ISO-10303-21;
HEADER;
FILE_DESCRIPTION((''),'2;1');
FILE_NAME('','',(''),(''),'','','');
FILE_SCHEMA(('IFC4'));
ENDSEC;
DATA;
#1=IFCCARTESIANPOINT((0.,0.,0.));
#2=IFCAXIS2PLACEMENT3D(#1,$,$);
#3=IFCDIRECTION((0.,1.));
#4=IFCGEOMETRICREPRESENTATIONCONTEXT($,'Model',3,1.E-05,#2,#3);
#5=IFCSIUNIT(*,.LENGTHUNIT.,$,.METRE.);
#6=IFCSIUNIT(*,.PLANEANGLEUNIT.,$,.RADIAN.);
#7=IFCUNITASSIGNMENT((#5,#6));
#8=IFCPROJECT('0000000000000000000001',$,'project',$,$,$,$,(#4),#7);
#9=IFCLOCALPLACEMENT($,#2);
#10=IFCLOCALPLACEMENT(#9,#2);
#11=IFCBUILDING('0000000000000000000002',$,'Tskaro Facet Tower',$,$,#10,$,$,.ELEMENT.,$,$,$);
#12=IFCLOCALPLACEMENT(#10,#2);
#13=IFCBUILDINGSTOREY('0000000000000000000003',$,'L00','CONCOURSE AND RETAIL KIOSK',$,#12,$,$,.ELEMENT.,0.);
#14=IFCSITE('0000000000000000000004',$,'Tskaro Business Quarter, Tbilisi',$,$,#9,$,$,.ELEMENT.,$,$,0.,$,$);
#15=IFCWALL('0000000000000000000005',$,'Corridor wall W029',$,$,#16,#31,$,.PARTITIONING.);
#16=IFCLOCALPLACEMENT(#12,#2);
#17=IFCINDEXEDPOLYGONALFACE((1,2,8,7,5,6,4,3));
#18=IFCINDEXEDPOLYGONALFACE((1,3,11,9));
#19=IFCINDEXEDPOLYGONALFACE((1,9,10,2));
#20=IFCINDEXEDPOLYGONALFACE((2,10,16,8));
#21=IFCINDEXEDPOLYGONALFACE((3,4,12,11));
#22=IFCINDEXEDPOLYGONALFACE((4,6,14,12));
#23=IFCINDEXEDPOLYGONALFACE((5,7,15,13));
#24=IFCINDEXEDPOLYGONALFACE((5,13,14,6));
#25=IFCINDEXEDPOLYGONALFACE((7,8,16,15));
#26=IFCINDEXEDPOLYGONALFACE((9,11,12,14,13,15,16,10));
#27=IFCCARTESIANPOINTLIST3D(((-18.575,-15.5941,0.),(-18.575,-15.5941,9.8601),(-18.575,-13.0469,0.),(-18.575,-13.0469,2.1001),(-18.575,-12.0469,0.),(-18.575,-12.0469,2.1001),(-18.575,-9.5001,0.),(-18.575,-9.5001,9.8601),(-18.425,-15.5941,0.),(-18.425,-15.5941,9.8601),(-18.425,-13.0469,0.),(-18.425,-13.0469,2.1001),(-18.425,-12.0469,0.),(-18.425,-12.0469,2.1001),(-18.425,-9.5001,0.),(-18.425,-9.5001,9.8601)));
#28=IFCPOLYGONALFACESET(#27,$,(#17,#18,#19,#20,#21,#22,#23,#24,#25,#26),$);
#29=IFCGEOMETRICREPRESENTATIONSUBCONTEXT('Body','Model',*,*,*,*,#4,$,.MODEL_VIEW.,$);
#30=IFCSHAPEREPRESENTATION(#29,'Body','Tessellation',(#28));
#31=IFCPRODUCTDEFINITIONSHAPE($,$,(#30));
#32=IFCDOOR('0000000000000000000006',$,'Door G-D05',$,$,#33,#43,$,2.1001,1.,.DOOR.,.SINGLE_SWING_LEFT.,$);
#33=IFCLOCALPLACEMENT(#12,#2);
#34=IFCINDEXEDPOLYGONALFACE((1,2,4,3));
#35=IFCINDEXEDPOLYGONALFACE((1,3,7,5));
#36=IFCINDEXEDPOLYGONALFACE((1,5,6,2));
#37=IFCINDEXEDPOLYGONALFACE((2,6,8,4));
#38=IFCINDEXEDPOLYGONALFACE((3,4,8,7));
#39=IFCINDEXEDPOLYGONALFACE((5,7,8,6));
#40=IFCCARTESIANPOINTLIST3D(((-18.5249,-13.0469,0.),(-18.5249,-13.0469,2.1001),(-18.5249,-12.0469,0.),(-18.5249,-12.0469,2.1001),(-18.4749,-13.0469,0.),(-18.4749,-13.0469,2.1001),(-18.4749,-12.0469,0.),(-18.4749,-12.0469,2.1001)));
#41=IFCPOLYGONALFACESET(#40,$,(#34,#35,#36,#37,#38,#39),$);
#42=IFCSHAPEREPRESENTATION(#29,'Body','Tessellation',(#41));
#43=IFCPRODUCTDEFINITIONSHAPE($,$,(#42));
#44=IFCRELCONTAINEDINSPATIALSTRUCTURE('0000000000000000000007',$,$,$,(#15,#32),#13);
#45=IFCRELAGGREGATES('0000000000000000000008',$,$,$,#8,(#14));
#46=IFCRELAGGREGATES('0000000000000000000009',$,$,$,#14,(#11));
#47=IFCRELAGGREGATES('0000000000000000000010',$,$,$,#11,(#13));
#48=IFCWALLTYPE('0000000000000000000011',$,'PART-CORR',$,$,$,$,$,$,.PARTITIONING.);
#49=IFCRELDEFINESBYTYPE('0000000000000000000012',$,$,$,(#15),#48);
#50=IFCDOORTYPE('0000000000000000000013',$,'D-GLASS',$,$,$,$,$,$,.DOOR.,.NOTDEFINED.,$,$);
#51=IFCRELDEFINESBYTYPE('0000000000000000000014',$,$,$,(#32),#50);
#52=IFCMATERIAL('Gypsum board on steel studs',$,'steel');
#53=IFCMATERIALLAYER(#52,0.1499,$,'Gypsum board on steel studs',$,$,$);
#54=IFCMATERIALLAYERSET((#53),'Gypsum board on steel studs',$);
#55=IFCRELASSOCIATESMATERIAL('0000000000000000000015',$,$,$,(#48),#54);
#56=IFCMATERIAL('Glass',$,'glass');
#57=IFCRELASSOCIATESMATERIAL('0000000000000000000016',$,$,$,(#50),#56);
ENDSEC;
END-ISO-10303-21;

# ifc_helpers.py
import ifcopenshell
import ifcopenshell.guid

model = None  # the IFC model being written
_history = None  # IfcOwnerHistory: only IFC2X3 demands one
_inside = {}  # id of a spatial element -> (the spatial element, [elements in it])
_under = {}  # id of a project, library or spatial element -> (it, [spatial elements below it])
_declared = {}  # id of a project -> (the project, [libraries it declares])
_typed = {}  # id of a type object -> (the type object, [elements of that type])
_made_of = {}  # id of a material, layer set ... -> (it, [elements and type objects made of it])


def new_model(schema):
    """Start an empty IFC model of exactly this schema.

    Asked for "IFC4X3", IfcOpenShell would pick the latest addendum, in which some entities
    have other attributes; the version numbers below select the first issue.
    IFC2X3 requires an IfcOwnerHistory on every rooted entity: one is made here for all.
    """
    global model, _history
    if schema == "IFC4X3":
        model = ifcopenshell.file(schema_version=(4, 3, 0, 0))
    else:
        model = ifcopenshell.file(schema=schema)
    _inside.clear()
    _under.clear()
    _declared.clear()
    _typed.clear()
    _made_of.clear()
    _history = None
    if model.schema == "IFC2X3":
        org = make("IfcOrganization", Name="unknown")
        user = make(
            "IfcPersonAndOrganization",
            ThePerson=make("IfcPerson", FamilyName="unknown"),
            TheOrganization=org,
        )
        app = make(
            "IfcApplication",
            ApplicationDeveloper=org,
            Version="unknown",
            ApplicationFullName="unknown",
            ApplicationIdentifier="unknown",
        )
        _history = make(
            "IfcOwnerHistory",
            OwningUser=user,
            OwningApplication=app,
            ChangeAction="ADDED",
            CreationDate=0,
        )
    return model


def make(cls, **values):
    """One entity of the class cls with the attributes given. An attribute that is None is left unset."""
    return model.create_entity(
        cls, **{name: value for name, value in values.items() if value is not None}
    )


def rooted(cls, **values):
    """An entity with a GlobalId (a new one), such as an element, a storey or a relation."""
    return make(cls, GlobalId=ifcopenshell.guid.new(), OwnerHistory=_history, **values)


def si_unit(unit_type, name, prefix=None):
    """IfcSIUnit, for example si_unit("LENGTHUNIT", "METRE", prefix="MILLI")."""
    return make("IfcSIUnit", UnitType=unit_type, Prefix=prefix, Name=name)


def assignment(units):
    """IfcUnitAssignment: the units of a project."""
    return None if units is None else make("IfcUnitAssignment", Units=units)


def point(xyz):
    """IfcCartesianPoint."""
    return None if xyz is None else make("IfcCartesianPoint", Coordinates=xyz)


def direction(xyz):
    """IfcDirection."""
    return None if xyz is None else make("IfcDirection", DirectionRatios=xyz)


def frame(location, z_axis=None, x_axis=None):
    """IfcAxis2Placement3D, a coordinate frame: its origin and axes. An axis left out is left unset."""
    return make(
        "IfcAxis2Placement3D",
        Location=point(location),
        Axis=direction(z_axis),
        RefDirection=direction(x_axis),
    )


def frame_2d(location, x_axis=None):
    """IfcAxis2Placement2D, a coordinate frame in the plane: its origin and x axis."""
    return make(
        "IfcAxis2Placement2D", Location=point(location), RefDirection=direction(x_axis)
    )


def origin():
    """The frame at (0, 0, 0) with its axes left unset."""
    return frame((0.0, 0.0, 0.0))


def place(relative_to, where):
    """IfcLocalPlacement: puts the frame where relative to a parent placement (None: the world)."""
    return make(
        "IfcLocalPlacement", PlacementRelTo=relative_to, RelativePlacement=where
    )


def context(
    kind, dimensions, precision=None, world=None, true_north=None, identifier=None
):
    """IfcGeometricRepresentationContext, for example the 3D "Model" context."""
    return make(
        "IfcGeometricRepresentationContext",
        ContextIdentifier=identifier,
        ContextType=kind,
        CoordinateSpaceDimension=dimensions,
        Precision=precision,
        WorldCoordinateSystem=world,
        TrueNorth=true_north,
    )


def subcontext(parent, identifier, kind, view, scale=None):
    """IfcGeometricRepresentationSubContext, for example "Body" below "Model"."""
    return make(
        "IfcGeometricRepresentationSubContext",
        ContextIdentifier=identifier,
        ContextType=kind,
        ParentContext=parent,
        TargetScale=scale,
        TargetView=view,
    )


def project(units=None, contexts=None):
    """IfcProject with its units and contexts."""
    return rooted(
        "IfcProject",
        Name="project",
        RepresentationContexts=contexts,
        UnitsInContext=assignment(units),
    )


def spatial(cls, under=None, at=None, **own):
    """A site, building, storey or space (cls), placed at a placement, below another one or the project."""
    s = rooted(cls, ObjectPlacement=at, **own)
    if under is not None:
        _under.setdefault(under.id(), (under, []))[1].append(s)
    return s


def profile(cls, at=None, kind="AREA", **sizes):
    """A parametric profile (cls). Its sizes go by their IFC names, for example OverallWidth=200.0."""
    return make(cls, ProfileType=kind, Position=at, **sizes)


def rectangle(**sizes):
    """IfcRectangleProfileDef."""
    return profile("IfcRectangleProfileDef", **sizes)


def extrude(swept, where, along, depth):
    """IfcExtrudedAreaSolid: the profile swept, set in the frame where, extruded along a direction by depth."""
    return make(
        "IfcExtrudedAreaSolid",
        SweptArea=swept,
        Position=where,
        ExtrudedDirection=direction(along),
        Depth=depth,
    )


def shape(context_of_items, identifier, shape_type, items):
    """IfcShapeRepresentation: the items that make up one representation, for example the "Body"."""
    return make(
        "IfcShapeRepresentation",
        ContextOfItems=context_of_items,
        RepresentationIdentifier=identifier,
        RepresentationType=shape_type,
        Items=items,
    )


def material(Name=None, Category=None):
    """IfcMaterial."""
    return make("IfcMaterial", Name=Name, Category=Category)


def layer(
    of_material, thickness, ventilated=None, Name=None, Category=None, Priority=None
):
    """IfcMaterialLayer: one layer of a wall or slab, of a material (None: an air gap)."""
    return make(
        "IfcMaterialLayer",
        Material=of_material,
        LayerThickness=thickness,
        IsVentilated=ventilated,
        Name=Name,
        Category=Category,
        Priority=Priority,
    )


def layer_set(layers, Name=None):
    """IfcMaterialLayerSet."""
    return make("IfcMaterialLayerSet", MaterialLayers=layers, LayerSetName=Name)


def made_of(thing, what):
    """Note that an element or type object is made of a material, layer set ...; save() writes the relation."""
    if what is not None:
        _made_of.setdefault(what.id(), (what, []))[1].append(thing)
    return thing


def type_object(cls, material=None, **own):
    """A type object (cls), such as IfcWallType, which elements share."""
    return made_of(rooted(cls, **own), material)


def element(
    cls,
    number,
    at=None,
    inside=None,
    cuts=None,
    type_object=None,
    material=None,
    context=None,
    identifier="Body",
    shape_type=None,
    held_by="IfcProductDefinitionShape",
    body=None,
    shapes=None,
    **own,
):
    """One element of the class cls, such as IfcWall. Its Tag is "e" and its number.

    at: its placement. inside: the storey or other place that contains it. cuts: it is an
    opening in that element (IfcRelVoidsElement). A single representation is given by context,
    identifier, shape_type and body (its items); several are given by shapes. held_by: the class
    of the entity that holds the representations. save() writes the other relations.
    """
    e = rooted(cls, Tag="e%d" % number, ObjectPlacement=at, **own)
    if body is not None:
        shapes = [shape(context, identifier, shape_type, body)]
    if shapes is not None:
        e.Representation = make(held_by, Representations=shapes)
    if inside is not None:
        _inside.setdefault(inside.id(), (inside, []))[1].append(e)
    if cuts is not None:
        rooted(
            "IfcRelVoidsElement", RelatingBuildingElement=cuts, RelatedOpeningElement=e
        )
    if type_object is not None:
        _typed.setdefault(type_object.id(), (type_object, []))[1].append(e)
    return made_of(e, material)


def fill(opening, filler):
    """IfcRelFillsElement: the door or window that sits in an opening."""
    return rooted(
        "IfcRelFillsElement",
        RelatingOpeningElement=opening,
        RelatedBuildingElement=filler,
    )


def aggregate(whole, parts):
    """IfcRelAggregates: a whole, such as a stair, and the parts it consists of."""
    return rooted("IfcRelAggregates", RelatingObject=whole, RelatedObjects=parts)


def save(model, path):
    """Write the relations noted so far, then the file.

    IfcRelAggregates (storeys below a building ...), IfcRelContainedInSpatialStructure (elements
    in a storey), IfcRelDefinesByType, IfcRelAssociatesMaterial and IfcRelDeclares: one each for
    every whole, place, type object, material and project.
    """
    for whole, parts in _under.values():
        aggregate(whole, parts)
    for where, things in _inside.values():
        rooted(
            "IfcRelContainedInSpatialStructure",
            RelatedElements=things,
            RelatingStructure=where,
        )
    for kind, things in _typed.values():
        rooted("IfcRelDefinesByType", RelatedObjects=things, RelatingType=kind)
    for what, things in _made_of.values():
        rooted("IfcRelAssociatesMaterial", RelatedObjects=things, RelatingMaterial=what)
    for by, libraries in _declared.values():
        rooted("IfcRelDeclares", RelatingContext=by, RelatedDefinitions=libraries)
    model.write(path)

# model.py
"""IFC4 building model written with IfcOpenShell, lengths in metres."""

from ifc_helpers import new_model, si_unit, direction, frame, frame_2d, origin, place, context, subcontext, project, spatial, rectangle, extrude, material, layer, layer_set, type_object, element, fill, save


model = new_model("IFC4")

# Units and contexts
model_context = context("Model", 3, precision=1e-05, world=origin(), true_north=direction((0.0, 1.0)))
body_context = subcontext(model_context, "Body", "Model", "MODEL_VIEW")
ifc_project = project(units=[si_unit("LENGTHUNIT", "METRE"), si_unit("PLANEANGLEUNIT", "RADIAN")], contexts=[model_context])

# Site, building, storey
site_placement = place(None, origin())
site = spatial("IfcSite", under=ifc_project, at=site_placement, Name="Tskaro Business Quarter, Tbilisi", CompositionType="ELEMENT", RefElevation=0.0)
building_placement = place(site_placement, origin())
building = spatial("IfcBuilding", under=site, at=building_placement, Name="Tskaro Facet Tower", CompositionType="ELEMENT")
storey_placement = place(building_placement, origin())
storey = spatial("IfcBuildingStorey", under=building, at=storey_placement, Name="L00", Description="CONCOURSE AND RETAIL KIOSK", CompositionType="ELEMENT", Elevation=0.0)

# Shared definitions
ifc_material_1 = material(Name="Gypsum board on steel studs", Category="steel")

# Wall, opening, door
ifc_layer_1 = layer(ifc_material_1, 0.1499, Name="Gypsum board on steel studs")
ifc_layer_set_1 = layer_set([ifc_layer_1], Name="Gypsum board on steel studs")
wall_type_1 = type_object("IfcWallType", Name="PART-CORR", PredefinedType="PARTITIONING", material=ifc_layer_set_1)
ifc_material_2 = material(Name="Glass", Category="glass")
door_type = type_object("IfcDoorType", Name="D-GLASS", OperationType="NOTDEFINED", PredefinedType="DOOR", material=ifc_material_2)
wall_1_placement = place(storey_placement, frame((-18.5, -15.594, 0.0), z_axis=(0.0, 0.0, 1.0), x_axis=(0.0, 1.0, 0.0)))
wall_1 = element("IfcWall", 1, at=wall_1_placement, inside=storey, type_object=wall_type_1, Name="Corridor wall W029", PredefinedType="PARTITIONING", context=body_context, shape_type="SweptSolid", body=[
    extrude(rectangle(XDim=6.094, YDim=0.1499, at=frame_2d((3.0469, 0.0))), origin(), (0.0, 0.0, 1.0), 9.8601),
])
opening_1_placement = place(wall_1_placement, frame((2.5471, 0.0, 0.0)))
opening_1 = element("IfcOpeningElement", 2, at=opening_1_placement, cuts=wall_1, PredefinedType="OPENING", context=body_context, shape_type="SweptSolid", body=[
    extrude(rectangle(XDim=1.0, YDim=2.1001, at=frame_2d((0.5, 1.05))), frame((0.0, 0.085, 0.0), z_axis=(0.0, -1.0, 0.0), x_axis=(1.0, 0.0, 0.0)), (0.0, 0.0, 1.0), 0.1699),
])
door_1_placement = place(opening_1_placement, origin())
door_1 = element("IfcDoor", 3, at=door_1_placement, inside=storey, type_object=door_type, Name="Door G-D05", OperationType="SINGLE_SWING_LEFT", OverallHeight=2.1001, OverallWidth=1.0, PredefinedType="DOOR", context=body_context, shape_type="SweptSolid", body=[
    extrude(rectangle(XDim=1.0, YDim=2.1001, at=frame_2d((0.5, 1.05))), frame((0.0, 0.0249, 0.0), z_axis=(0.0, -1.0, 0.0), x_axis=(1.0, 0.0, 0.0)), (0.0, 0.0, 1.0), 0.05),
])
fill(opening_1, door_1)

save(model, "model.ifc")
